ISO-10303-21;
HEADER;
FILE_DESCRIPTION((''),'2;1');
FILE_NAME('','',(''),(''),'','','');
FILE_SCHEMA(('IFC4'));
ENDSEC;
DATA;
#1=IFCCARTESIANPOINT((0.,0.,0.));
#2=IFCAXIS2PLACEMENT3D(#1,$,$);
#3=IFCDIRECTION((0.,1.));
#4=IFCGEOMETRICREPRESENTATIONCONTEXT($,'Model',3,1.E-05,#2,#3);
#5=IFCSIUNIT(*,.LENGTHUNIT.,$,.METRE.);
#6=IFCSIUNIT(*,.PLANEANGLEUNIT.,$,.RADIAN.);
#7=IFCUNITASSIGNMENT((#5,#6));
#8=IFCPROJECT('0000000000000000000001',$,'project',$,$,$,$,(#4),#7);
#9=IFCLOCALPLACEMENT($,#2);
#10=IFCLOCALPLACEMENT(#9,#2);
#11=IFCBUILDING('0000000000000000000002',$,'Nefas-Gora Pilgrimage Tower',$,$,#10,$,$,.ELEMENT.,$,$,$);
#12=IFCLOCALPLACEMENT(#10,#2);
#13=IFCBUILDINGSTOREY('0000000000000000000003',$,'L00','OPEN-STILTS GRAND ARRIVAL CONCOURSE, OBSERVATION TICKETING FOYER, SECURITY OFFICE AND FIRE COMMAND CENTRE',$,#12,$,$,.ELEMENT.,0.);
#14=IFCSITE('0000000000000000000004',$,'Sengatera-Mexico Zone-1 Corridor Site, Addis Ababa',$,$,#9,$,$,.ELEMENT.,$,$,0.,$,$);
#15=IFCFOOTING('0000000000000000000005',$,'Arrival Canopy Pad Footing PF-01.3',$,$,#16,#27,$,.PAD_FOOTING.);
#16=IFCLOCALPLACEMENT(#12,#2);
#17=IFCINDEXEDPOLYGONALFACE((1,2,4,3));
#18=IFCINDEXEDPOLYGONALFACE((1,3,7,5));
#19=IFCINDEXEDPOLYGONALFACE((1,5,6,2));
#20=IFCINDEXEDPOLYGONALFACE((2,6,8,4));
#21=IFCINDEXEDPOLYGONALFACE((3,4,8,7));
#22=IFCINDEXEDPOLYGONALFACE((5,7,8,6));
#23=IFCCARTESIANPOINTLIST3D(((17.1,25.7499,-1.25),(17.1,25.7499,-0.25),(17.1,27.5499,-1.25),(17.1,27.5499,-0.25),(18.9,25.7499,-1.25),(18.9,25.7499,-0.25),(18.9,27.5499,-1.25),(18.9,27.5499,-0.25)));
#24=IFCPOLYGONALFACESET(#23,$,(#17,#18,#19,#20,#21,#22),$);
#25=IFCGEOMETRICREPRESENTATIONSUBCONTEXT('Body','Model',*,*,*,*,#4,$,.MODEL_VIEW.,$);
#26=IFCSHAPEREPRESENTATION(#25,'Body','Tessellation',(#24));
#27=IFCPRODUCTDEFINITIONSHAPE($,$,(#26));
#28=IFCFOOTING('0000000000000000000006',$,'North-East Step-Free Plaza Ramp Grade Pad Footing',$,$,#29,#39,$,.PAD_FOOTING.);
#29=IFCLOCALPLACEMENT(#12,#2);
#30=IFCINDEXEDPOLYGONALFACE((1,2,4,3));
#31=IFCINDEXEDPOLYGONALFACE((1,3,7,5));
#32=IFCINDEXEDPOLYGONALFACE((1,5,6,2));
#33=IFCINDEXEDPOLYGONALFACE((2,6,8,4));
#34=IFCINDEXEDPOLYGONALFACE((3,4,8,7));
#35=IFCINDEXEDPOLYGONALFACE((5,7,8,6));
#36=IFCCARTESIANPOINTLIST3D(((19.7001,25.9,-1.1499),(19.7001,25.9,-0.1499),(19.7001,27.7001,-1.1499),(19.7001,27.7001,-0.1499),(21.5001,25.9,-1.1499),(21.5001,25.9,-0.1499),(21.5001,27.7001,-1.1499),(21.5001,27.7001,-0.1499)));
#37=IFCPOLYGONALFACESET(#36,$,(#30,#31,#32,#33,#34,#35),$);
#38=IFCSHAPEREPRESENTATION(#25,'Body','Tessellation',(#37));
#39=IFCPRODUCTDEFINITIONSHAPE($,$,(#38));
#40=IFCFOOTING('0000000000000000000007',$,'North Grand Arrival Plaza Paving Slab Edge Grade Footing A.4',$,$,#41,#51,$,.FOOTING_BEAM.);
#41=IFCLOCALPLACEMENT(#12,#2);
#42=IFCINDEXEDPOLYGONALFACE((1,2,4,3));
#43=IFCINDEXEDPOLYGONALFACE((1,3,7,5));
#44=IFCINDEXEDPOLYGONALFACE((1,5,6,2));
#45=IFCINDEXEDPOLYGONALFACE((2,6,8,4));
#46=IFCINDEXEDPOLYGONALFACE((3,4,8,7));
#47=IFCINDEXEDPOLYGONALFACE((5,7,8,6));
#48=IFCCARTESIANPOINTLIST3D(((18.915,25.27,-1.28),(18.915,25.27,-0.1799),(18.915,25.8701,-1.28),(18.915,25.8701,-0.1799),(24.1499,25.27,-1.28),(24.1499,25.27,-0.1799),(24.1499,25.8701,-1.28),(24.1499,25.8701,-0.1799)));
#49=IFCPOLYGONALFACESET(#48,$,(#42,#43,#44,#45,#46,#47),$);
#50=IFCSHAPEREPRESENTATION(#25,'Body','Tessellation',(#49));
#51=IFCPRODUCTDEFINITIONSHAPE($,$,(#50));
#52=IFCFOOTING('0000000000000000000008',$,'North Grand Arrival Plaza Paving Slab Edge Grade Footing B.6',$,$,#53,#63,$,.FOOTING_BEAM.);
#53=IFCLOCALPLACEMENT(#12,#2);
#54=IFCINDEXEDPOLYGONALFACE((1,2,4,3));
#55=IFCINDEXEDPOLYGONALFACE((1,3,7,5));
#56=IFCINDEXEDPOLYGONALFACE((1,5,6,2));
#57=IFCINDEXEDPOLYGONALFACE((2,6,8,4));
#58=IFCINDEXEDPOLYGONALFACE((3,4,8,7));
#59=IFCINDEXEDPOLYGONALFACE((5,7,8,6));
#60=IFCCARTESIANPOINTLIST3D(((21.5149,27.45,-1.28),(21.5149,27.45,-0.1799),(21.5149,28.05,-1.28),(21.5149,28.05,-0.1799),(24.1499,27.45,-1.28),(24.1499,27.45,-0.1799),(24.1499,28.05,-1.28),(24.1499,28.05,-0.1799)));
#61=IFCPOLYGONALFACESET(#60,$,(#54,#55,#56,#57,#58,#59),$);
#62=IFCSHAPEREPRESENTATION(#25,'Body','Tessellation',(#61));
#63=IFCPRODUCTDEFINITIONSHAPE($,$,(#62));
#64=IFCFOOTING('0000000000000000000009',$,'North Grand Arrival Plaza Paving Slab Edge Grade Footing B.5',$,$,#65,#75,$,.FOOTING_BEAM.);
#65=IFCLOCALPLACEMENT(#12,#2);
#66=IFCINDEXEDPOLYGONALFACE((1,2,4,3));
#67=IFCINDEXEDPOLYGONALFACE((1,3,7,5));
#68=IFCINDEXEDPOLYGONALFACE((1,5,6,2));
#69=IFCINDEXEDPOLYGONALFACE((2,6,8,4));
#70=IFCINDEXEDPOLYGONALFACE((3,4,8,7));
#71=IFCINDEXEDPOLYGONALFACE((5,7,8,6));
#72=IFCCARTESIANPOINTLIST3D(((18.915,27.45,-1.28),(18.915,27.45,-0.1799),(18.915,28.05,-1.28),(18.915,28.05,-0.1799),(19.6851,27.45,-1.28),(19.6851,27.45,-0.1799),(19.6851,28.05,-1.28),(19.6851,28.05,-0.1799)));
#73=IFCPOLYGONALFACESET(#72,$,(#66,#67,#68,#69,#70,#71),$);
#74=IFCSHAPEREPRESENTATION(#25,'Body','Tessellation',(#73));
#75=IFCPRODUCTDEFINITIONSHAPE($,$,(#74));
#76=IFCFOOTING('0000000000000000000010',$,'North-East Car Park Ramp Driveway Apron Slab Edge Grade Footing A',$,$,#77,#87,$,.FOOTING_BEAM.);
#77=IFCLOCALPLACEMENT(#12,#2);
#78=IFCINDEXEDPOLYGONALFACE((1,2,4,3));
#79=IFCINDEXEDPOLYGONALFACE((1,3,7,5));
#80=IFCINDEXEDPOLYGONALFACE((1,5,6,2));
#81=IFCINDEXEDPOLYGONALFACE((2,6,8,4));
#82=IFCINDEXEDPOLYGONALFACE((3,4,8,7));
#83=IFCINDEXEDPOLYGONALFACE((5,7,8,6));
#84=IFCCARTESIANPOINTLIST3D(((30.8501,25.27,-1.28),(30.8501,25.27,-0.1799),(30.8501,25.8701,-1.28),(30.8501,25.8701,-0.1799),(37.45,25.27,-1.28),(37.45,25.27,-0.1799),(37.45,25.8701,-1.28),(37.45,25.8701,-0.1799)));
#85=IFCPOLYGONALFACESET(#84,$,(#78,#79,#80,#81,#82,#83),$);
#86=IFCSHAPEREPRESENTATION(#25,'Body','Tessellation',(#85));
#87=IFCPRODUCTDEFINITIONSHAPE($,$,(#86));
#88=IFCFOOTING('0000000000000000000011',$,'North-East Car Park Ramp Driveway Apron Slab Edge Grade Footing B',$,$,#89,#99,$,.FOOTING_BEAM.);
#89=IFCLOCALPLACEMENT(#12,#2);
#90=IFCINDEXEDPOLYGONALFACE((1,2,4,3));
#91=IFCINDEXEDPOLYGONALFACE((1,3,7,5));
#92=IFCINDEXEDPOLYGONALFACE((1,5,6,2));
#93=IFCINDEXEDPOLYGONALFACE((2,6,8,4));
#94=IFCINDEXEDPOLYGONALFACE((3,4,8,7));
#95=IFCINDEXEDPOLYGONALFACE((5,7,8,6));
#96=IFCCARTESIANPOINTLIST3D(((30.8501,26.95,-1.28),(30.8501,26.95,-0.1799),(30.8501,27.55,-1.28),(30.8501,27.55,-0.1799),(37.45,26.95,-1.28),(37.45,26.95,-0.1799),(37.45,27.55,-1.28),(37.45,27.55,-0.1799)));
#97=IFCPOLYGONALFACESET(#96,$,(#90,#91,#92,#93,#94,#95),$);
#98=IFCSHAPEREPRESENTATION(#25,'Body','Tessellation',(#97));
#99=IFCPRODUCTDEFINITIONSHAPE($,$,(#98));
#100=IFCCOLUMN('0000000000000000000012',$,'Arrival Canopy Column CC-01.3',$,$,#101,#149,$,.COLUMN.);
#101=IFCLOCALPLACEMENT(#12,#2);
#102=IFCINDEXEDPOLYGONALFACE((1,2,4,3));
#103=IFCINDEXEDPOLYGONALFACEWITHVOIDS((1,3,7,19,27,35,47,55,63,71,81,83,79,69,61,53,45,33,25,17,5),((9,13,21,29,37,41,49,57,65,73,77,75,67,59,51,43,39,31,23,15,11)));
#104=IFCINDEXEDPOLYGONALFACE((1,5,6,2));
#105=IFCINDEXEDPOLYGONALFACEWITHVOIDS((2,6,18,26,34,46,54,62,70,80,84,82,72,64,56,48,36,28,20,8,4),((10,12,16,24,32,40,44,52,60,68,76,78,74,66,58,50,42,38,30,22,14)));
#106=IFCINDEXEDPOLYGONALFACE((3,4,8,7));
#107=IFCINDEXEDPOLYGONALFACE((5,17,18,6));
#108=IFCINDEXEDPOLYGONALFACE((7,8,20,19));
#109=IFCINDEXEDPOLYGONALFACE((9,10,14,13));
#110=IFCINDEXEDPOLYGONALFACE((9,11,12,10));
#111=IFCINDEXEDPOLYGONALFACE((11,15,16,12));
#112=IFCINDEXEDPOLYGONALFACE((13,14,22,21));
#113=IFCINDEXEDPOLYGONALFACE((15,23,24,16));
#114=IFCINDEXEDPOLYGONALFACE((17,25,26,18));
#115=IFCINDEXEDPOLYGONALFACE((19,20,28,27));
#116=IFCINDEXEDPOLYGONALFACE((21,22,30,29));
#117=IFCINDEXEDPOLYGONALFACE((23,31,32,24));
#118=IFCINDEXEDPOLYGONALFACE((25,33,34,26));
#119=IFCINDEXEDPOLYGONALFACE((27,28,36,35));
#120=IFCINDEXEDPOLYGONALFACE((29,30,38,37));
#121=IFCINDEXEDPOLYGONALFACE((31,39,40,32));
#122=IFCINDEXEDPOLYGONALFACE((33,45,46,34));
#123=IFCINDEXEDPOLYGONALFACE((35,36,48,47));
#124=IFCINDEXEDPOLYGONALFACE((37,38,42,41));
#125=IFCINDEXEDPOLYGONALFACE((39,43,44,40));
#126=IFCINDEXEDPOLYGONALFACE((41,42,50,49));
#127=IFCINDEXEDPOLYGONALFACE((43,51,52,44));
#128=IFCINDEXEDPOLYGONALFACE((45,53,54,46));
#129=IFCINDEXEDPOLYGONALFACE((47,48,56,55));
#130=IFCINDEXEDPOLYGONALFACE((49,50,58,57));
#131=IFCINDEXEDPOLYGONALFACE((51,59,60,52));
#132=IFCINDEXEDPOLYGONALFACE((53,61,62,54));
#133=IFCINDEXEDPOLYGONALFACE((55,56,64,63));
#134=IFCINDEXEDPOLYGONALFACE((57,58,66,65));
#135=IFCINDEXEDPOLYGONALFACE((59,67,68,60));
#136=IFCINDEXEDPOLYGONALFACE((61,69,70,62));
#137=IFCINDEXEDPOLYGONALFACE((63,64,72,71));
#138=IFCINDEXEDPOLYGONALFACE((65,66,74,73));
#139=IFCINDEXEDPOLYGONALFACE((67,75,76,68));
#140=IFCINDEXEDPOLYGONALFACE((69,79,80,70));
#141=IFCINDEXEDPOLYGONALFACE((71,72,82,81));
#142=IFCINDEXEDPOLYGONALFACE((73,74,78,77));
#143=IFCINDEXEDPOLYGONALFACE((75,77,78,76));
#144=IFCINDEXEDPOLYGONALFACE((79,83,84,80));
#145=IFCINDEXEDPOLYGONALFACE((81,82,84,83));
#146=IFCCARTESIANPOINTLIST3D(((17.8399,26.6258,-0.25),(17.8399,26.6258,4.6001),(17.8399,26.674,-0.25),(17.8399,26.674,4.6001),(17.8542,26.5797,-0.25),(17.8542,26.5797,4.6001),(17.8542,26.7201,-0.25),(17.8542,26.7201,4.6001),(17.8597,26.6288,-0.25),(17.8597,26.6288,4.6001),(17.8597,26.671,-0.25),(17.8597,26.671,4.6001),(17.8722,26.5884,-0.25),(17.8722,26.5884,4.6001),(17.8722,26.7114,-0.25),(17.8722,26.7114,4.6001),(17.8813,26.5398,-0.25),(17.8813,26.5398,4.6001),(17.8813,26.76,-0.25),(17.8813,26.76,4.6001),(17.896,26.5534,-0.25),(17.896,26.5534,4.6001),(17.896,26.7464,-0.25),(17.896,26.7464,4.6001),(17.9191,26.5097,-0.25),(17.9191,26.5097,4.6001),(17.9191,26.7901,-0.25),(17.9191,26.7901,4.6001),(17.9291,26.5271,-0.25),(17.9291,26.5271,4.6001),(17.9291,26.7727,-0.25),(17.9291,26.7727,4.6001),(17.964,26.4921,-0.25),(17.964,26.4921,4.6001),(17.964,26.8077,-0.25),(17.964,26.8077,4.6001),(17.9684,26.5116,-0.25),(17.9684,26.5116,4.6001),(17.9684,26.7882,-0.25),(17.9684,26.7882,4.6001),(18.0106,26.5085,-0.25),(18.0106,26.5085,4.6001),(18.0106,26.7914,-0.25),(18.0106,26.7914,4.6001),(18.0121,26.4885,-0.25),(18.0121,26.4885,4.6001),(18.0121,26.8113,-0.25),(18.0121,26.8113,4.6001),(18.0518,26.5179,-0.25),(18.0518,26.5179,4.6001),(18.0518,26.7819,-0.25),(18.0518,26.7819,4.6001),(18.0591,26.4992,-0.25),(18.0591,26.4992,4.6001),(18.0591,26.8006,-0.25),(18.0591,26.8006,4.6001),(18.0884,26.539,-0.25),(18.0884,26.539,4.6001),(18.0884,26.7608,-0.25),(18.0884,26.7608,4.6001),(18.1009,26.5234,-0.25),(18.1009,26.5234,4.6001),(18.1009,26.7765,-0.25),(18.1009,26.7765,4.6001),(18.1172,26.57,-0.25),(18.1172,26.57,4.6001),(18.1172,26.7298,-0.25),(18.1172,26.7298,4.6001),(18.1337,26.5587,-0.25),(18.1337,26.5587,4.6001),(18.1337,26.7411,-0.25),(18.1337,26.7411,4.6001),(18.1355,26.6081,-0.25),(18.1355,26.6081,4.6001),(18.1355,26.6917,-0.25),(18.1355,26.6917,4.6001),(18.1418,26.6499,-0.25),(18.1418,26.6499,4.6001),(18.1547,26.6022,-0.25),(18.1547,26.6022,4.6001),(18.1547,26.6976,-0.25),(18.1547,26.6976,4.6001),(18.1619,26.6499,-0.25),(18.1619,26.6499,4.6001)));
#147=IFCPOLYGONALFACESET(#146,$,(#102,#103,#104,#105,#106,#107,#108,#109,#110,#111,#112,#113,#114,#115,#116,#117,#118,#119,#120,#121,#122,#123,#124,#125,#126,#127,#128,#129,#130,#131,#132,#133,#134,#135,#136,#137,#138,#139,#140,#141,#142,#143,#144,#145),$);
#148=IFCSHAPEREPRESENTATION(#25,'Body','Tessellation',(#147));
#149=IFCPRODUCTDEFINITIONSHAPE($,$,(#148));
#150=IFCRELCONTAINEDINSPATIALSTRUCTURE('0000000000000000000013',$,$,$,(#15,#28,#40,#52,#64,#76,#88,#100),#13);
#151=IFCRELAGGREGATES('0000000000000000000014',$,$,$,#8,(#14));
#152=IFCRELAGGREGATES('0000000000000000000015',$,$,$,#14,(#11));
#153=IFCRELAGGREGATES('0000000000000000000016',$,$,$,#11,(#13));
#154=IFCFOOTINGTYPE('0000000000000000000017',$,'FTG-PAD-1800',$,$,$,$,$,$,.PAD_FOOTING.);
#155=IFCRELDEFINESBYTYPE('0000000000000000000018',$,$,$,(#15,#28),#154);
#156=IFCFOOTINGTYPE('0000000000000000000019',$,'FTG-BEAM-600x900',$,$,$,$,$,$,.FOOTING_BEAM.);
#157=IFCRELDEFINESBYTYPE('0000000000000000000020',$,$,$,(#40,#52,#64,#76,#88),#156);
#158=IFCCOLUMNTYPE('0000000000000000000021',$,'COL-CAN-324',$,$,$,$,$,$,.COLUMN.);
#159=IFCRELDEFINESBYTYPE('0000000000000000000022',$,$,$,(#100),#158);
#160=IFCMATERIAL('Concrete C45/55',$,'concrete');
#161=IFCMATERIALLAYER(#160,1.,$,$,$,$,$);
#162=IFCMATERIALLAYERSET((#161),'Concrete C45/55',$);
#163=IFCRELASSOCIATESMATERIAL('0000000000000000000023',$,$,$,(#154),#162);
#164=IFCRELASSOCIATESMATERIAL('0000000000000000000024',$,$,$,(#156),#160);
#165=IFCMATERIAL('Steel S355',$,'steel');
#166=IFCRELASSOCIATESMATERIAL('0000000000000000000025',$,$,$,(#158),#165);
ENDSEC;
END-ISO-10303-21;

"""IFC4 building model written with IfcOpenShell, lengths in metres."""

from ifc_helpers import new_model, si_unit, direction, frame, origin, origin_2d, place, context, subcontext, project, spatial, rectangle, hollow_circle, extrude, source, transform, mapped, material, layer, layer_set, material_profile, profile_set, type_object, element, save


model = new_model("IFC4")

# Units and contexts
model_context = context("Model", 3, precision=1e-05, world=origin(), true_north=direction((0.0, 1.0)))
body_context = subcontext(model_context, "Body", "Model", "MODEL_VIEW")
ifc_project = project(units=[si_unit("LENGTHUNIT", "METRE"), si_unit("PLANEANGLEUNIT", "RADIAN")], contexts=[model_context])

# Site, building, storey
site_placement = place(None, origin())
site = spatial("IfcSite", under=ifc_project, at=site_placement, Name="Sengatera-Mexico Zone-1 Corridor Site, Addis Ababa", CompositionType="ELEMENT", RefElevation=0.0)
building_placement = place(site_placement, origin())
building = spatial("IfcBuilding", under=site, at=building_placement, Name="Nefas-Gora Pilgrimage Tower", CompositionType="ELEMENT")
storey_placement = place(building_placement, origin())
storey = spatial("IfcBuildingStorey", under=building, at=storey_placement, Name="L00", Description="OPEN-STILTS GRAND ARRIVAL CONCOURSE, OBSERVATION TICKETING FOYER, SECURITY OFFICE AND FIRE COMMAND CENTRE", CompositionType="ELEMENT", Elevation=0.0)

# Footings
ifc_material_1 = material(Name="Concrete C45/55", Category="concrete")
ifc_layer_1 = layer(ifc_material_1, 1.0)
ifc_layer_set_1 = layer_set([ifc_layer_1], Name="Concrete C45/55")
footing_type_1 = type_object("IfcFootingType", Name="FTG-PAD-1800", PredefinedType="PAD_FOOTING", material=ifc_layer_set_1)
shared_shape_1 = source(origin(), body_context, "Body", "SweptSolid", [
    extrude(rectangle(XDim=1.8, YDim=1.8, at=origin_2d()), origin(), (0.0, 0.0, 1.0), 1.0),
])
for number, where, z_axis, x_axis, name in (
    (1, (18.0, 26.6499, -1.25), (0.0, 0.0, 1.0), (1.0, 0.0, 0.0), "Arrival Canopy Pad Footing PF-01.3"),
    (2, (20.6001, 26.8, -1.1499), (0.0, 0.0, 1.0), (1.0, 0.0, 0.0), "North-East Step-Free Plaza Ramp Grade Pad Footing"),
):
    element("IfcFooting", number, at=place(storey_placement, frame(where, z_axis=z_axis, x_axis=x_axis)), inside=storey, type_object=footing_type_1, Name=name, PredefinedType="PAD_FOOTING", context=body_context, shape_type="MappedRepresentation", body=[
        mapped(shared_shape_1, transform((0.0, 0.0, 0.0), x_axis=(1.0, 0.0, 0.0), y_axis=(0.0, 1.0, 0.0), z_axis=(0.0, 0.0, 1.0), scale=1.0)),
    ])
ifc_material_profile_1 = material_profile(ifc_material_1, rectangle(XDim=0.6001, YDim=1.1001, at=origin_2d()), Name="RC 600x1100")
ifc_profile_set_1 = profile_set([ifc_material_profile_1], Name="Concrete C45/55")
footing_type_2 = type_object("IfcFootingType", Name="FTG-BEAM-600x900", PredefinedType="FOOTING_BEAM", material=ifc_profile_set_1)
shared_shape_2 = source(origin(), body_context, "Body", "SweptSolid", [
    extrude(rectangle(XDim=0.6001, YDim=1.1001, at=origin_2d()), origin(), (0.0, 0.0, 1.0), 5.2349),
])
footing_1_placement = place(storey_placement, frame((18.915, 25.5701, -0.73), z_axis=(1.0, 0.0, 0.0), x_axis=(0.0, 1.0, 0.0)))
element("IfcFooting", 3, at=footing_1_placement, inside=storey, type_object=footing_type_2, Name="North Grand Arrival Plaza Paving Slab Edge Grade Footing A.4", PredefinedType="FOOTING_BEAM", context=body_context, shape_type="MappedRepresentation", body=[
    mapped(shared_shape_2, transform((0.0, 0.0, 0.0), x_axis=(1.0, 0.0, 0.0), y_axis=(0.0, 1.0, 0.0), z_axis=(0.0, 0.0, 1.0), scale=1.0)),
])
shared_shape_3 = source(origin(), body_context, "Body", "SweptSolid", [
    extrude(rectangle(XDim=0.6001, YDim=1.1001, at=origin_2d()), origin(), (0.0, 0.0, 1.0), 2.635),
])
footing_2_placement = place(storey_placement, frame((21.5149, 27.75, -0.73), z_axis=(1.0, 0.0, 0.0), x_axis=(0.0, 1.0, 0.0)))
element("IfcFooting", 4, at=footing_2_placement, inside=storey, type_object=footing_type_2, Name="North Grand Arrival Plaza Paving Slab Edge Grade Footing B.6", PredefinedType="FOOTING_BEAM", context=body_context, shape_type="MappedRepresentation", body=[
    mapped(shared_shape_3, transform((0.0, 0.0, 0.0), x_axis=(1.0, 0.0, 0.0), y_axis=(0.0, 1.0, 0.0), z_axis=(0.0, 0.0, 1.0), scale=1.0)),
])
shared_shape_4 = source(origin(), body_context, "Body", "SweptSolid", [
    extrude(rectangle(XDim=0.6001, YDim=1.1001, at=origin_2d()), origin(), (0.0, 0.0, 1.0), 0.77),
])
footing_3_placement = place(storey_placement, frame((18.915, 27.75, -0.73), z_axis=(1.0, 0.0, 0.0), x_axis=(0.0, 1.0, 0.0)))
element("IfcFooting", 5, at=footing_3_placement, inside=storey, type_object=footing_type_2, Name="North Grand Arrival Plaza Paving Slab Edge Grade Footing B.5", PredefinedType="FOOTING_BEAM", context=body_context, shape_type="MappedRepresentation", body=[
    mapped(shared_shape_4, transform((0.0, 0.0, 0.0), x_axis=(1.0, 0.0, 0.0), y_axis=(0.0, 1.0, 0.0), z_axis=(0.0, 0.0, 1.0), scale=1.0)),
])
shared_shape_5 = source(origin(), body_context, "Body", "SweptSolid", [
    extrude(rectangle(XDim=0.6001, YDim=1.1001, at=origin_2d()), origin(), (0.0, 0.0, 1.0), 6.5999),
])
for number, where, z_axis, x_axis, name in (
    (6, (30.8501, 25.5701, -0.73), (1.0, 0.0, 0.0), (0.0, 1.0, 0.0), "North-East Car Park Ramp Driveway Apron Slab Edge Grade Footing A"),
    (7, (30.8501, 27.25, -0.73), (1.0, 0.0, 0.0), (0.0, 1.0, 0.0), "North-East Car Park Ramp Driveway Apron Slab Edge Grade Footing B"),
):
    element("IfcFooting", number, at=place(storey_placement, frame(where, z_axis=z_axis, x_axis=x_axis)), inside=storey, type_object=footing_type_2, Name=name, PredefinedType="FOOTING_BEAM", context=body_context, shape_type="MappedRepresentation", body=[
        mapped(shared_shape_5, transform((0.0, 0.0, 0.0), x_axis=(1.0, 0.0, 0.0), y_axis=(0.0, 1.0, 0.0), z_axis=(0.0, 0.0, 1.0), scale=1.0)),
    ])

# Column
ifc_material_2 = material(Name="Steel S355", Category="steel")
ifc_material_profile_2 = material_profile(ifc_material_2, hollow_circle(Radius=0.1619, WallThickness=0.02, at=origin_2d()), Name="CHS 323.9x20")
ifc_profile_set_2 = profile_set([ifc_material_profile_2], Name="Steel S355")
column_type_1 = type_object("IfcColumnType", Name="COL-CAN-324", PredefinedType="COLUMN", material=ifc_profile_set_2)
shared_shape_6 = source(origin(), body_context, "Body", "SweptSolid", [
    extrude(hollow_circle(Radius=0.1619, WallThickness=0.02, at=origin_2d()), origin(), (0.0, 0.0, 1.0), 4.8501),
])
column_placement = place(storey_placement, frame((18.0, 26.6499, -0.25), z_axis=(0.0, 0.0, 1.0), x_axis=(1.0, 0.0, 0.0)))
element("IfcColumn", 8, at=column_placement, inside=storey, type_object=column_type_1, Name="Arrival Canopy Column CC-01.3", PredefinedType="COLUMN", context=body_context, shape_type="MappedRepresentation", body=[
    mapped(shared_shape_6, transform((0.0, 0.0, 0.0), x_axis=(1.0, 0.0, 0.0), y_axis=(0.0, 1.0, 0.0), z_axis=(0.0, 0.0, 1.0), scale=1.0)),
])

save(model, "model.ifc")
